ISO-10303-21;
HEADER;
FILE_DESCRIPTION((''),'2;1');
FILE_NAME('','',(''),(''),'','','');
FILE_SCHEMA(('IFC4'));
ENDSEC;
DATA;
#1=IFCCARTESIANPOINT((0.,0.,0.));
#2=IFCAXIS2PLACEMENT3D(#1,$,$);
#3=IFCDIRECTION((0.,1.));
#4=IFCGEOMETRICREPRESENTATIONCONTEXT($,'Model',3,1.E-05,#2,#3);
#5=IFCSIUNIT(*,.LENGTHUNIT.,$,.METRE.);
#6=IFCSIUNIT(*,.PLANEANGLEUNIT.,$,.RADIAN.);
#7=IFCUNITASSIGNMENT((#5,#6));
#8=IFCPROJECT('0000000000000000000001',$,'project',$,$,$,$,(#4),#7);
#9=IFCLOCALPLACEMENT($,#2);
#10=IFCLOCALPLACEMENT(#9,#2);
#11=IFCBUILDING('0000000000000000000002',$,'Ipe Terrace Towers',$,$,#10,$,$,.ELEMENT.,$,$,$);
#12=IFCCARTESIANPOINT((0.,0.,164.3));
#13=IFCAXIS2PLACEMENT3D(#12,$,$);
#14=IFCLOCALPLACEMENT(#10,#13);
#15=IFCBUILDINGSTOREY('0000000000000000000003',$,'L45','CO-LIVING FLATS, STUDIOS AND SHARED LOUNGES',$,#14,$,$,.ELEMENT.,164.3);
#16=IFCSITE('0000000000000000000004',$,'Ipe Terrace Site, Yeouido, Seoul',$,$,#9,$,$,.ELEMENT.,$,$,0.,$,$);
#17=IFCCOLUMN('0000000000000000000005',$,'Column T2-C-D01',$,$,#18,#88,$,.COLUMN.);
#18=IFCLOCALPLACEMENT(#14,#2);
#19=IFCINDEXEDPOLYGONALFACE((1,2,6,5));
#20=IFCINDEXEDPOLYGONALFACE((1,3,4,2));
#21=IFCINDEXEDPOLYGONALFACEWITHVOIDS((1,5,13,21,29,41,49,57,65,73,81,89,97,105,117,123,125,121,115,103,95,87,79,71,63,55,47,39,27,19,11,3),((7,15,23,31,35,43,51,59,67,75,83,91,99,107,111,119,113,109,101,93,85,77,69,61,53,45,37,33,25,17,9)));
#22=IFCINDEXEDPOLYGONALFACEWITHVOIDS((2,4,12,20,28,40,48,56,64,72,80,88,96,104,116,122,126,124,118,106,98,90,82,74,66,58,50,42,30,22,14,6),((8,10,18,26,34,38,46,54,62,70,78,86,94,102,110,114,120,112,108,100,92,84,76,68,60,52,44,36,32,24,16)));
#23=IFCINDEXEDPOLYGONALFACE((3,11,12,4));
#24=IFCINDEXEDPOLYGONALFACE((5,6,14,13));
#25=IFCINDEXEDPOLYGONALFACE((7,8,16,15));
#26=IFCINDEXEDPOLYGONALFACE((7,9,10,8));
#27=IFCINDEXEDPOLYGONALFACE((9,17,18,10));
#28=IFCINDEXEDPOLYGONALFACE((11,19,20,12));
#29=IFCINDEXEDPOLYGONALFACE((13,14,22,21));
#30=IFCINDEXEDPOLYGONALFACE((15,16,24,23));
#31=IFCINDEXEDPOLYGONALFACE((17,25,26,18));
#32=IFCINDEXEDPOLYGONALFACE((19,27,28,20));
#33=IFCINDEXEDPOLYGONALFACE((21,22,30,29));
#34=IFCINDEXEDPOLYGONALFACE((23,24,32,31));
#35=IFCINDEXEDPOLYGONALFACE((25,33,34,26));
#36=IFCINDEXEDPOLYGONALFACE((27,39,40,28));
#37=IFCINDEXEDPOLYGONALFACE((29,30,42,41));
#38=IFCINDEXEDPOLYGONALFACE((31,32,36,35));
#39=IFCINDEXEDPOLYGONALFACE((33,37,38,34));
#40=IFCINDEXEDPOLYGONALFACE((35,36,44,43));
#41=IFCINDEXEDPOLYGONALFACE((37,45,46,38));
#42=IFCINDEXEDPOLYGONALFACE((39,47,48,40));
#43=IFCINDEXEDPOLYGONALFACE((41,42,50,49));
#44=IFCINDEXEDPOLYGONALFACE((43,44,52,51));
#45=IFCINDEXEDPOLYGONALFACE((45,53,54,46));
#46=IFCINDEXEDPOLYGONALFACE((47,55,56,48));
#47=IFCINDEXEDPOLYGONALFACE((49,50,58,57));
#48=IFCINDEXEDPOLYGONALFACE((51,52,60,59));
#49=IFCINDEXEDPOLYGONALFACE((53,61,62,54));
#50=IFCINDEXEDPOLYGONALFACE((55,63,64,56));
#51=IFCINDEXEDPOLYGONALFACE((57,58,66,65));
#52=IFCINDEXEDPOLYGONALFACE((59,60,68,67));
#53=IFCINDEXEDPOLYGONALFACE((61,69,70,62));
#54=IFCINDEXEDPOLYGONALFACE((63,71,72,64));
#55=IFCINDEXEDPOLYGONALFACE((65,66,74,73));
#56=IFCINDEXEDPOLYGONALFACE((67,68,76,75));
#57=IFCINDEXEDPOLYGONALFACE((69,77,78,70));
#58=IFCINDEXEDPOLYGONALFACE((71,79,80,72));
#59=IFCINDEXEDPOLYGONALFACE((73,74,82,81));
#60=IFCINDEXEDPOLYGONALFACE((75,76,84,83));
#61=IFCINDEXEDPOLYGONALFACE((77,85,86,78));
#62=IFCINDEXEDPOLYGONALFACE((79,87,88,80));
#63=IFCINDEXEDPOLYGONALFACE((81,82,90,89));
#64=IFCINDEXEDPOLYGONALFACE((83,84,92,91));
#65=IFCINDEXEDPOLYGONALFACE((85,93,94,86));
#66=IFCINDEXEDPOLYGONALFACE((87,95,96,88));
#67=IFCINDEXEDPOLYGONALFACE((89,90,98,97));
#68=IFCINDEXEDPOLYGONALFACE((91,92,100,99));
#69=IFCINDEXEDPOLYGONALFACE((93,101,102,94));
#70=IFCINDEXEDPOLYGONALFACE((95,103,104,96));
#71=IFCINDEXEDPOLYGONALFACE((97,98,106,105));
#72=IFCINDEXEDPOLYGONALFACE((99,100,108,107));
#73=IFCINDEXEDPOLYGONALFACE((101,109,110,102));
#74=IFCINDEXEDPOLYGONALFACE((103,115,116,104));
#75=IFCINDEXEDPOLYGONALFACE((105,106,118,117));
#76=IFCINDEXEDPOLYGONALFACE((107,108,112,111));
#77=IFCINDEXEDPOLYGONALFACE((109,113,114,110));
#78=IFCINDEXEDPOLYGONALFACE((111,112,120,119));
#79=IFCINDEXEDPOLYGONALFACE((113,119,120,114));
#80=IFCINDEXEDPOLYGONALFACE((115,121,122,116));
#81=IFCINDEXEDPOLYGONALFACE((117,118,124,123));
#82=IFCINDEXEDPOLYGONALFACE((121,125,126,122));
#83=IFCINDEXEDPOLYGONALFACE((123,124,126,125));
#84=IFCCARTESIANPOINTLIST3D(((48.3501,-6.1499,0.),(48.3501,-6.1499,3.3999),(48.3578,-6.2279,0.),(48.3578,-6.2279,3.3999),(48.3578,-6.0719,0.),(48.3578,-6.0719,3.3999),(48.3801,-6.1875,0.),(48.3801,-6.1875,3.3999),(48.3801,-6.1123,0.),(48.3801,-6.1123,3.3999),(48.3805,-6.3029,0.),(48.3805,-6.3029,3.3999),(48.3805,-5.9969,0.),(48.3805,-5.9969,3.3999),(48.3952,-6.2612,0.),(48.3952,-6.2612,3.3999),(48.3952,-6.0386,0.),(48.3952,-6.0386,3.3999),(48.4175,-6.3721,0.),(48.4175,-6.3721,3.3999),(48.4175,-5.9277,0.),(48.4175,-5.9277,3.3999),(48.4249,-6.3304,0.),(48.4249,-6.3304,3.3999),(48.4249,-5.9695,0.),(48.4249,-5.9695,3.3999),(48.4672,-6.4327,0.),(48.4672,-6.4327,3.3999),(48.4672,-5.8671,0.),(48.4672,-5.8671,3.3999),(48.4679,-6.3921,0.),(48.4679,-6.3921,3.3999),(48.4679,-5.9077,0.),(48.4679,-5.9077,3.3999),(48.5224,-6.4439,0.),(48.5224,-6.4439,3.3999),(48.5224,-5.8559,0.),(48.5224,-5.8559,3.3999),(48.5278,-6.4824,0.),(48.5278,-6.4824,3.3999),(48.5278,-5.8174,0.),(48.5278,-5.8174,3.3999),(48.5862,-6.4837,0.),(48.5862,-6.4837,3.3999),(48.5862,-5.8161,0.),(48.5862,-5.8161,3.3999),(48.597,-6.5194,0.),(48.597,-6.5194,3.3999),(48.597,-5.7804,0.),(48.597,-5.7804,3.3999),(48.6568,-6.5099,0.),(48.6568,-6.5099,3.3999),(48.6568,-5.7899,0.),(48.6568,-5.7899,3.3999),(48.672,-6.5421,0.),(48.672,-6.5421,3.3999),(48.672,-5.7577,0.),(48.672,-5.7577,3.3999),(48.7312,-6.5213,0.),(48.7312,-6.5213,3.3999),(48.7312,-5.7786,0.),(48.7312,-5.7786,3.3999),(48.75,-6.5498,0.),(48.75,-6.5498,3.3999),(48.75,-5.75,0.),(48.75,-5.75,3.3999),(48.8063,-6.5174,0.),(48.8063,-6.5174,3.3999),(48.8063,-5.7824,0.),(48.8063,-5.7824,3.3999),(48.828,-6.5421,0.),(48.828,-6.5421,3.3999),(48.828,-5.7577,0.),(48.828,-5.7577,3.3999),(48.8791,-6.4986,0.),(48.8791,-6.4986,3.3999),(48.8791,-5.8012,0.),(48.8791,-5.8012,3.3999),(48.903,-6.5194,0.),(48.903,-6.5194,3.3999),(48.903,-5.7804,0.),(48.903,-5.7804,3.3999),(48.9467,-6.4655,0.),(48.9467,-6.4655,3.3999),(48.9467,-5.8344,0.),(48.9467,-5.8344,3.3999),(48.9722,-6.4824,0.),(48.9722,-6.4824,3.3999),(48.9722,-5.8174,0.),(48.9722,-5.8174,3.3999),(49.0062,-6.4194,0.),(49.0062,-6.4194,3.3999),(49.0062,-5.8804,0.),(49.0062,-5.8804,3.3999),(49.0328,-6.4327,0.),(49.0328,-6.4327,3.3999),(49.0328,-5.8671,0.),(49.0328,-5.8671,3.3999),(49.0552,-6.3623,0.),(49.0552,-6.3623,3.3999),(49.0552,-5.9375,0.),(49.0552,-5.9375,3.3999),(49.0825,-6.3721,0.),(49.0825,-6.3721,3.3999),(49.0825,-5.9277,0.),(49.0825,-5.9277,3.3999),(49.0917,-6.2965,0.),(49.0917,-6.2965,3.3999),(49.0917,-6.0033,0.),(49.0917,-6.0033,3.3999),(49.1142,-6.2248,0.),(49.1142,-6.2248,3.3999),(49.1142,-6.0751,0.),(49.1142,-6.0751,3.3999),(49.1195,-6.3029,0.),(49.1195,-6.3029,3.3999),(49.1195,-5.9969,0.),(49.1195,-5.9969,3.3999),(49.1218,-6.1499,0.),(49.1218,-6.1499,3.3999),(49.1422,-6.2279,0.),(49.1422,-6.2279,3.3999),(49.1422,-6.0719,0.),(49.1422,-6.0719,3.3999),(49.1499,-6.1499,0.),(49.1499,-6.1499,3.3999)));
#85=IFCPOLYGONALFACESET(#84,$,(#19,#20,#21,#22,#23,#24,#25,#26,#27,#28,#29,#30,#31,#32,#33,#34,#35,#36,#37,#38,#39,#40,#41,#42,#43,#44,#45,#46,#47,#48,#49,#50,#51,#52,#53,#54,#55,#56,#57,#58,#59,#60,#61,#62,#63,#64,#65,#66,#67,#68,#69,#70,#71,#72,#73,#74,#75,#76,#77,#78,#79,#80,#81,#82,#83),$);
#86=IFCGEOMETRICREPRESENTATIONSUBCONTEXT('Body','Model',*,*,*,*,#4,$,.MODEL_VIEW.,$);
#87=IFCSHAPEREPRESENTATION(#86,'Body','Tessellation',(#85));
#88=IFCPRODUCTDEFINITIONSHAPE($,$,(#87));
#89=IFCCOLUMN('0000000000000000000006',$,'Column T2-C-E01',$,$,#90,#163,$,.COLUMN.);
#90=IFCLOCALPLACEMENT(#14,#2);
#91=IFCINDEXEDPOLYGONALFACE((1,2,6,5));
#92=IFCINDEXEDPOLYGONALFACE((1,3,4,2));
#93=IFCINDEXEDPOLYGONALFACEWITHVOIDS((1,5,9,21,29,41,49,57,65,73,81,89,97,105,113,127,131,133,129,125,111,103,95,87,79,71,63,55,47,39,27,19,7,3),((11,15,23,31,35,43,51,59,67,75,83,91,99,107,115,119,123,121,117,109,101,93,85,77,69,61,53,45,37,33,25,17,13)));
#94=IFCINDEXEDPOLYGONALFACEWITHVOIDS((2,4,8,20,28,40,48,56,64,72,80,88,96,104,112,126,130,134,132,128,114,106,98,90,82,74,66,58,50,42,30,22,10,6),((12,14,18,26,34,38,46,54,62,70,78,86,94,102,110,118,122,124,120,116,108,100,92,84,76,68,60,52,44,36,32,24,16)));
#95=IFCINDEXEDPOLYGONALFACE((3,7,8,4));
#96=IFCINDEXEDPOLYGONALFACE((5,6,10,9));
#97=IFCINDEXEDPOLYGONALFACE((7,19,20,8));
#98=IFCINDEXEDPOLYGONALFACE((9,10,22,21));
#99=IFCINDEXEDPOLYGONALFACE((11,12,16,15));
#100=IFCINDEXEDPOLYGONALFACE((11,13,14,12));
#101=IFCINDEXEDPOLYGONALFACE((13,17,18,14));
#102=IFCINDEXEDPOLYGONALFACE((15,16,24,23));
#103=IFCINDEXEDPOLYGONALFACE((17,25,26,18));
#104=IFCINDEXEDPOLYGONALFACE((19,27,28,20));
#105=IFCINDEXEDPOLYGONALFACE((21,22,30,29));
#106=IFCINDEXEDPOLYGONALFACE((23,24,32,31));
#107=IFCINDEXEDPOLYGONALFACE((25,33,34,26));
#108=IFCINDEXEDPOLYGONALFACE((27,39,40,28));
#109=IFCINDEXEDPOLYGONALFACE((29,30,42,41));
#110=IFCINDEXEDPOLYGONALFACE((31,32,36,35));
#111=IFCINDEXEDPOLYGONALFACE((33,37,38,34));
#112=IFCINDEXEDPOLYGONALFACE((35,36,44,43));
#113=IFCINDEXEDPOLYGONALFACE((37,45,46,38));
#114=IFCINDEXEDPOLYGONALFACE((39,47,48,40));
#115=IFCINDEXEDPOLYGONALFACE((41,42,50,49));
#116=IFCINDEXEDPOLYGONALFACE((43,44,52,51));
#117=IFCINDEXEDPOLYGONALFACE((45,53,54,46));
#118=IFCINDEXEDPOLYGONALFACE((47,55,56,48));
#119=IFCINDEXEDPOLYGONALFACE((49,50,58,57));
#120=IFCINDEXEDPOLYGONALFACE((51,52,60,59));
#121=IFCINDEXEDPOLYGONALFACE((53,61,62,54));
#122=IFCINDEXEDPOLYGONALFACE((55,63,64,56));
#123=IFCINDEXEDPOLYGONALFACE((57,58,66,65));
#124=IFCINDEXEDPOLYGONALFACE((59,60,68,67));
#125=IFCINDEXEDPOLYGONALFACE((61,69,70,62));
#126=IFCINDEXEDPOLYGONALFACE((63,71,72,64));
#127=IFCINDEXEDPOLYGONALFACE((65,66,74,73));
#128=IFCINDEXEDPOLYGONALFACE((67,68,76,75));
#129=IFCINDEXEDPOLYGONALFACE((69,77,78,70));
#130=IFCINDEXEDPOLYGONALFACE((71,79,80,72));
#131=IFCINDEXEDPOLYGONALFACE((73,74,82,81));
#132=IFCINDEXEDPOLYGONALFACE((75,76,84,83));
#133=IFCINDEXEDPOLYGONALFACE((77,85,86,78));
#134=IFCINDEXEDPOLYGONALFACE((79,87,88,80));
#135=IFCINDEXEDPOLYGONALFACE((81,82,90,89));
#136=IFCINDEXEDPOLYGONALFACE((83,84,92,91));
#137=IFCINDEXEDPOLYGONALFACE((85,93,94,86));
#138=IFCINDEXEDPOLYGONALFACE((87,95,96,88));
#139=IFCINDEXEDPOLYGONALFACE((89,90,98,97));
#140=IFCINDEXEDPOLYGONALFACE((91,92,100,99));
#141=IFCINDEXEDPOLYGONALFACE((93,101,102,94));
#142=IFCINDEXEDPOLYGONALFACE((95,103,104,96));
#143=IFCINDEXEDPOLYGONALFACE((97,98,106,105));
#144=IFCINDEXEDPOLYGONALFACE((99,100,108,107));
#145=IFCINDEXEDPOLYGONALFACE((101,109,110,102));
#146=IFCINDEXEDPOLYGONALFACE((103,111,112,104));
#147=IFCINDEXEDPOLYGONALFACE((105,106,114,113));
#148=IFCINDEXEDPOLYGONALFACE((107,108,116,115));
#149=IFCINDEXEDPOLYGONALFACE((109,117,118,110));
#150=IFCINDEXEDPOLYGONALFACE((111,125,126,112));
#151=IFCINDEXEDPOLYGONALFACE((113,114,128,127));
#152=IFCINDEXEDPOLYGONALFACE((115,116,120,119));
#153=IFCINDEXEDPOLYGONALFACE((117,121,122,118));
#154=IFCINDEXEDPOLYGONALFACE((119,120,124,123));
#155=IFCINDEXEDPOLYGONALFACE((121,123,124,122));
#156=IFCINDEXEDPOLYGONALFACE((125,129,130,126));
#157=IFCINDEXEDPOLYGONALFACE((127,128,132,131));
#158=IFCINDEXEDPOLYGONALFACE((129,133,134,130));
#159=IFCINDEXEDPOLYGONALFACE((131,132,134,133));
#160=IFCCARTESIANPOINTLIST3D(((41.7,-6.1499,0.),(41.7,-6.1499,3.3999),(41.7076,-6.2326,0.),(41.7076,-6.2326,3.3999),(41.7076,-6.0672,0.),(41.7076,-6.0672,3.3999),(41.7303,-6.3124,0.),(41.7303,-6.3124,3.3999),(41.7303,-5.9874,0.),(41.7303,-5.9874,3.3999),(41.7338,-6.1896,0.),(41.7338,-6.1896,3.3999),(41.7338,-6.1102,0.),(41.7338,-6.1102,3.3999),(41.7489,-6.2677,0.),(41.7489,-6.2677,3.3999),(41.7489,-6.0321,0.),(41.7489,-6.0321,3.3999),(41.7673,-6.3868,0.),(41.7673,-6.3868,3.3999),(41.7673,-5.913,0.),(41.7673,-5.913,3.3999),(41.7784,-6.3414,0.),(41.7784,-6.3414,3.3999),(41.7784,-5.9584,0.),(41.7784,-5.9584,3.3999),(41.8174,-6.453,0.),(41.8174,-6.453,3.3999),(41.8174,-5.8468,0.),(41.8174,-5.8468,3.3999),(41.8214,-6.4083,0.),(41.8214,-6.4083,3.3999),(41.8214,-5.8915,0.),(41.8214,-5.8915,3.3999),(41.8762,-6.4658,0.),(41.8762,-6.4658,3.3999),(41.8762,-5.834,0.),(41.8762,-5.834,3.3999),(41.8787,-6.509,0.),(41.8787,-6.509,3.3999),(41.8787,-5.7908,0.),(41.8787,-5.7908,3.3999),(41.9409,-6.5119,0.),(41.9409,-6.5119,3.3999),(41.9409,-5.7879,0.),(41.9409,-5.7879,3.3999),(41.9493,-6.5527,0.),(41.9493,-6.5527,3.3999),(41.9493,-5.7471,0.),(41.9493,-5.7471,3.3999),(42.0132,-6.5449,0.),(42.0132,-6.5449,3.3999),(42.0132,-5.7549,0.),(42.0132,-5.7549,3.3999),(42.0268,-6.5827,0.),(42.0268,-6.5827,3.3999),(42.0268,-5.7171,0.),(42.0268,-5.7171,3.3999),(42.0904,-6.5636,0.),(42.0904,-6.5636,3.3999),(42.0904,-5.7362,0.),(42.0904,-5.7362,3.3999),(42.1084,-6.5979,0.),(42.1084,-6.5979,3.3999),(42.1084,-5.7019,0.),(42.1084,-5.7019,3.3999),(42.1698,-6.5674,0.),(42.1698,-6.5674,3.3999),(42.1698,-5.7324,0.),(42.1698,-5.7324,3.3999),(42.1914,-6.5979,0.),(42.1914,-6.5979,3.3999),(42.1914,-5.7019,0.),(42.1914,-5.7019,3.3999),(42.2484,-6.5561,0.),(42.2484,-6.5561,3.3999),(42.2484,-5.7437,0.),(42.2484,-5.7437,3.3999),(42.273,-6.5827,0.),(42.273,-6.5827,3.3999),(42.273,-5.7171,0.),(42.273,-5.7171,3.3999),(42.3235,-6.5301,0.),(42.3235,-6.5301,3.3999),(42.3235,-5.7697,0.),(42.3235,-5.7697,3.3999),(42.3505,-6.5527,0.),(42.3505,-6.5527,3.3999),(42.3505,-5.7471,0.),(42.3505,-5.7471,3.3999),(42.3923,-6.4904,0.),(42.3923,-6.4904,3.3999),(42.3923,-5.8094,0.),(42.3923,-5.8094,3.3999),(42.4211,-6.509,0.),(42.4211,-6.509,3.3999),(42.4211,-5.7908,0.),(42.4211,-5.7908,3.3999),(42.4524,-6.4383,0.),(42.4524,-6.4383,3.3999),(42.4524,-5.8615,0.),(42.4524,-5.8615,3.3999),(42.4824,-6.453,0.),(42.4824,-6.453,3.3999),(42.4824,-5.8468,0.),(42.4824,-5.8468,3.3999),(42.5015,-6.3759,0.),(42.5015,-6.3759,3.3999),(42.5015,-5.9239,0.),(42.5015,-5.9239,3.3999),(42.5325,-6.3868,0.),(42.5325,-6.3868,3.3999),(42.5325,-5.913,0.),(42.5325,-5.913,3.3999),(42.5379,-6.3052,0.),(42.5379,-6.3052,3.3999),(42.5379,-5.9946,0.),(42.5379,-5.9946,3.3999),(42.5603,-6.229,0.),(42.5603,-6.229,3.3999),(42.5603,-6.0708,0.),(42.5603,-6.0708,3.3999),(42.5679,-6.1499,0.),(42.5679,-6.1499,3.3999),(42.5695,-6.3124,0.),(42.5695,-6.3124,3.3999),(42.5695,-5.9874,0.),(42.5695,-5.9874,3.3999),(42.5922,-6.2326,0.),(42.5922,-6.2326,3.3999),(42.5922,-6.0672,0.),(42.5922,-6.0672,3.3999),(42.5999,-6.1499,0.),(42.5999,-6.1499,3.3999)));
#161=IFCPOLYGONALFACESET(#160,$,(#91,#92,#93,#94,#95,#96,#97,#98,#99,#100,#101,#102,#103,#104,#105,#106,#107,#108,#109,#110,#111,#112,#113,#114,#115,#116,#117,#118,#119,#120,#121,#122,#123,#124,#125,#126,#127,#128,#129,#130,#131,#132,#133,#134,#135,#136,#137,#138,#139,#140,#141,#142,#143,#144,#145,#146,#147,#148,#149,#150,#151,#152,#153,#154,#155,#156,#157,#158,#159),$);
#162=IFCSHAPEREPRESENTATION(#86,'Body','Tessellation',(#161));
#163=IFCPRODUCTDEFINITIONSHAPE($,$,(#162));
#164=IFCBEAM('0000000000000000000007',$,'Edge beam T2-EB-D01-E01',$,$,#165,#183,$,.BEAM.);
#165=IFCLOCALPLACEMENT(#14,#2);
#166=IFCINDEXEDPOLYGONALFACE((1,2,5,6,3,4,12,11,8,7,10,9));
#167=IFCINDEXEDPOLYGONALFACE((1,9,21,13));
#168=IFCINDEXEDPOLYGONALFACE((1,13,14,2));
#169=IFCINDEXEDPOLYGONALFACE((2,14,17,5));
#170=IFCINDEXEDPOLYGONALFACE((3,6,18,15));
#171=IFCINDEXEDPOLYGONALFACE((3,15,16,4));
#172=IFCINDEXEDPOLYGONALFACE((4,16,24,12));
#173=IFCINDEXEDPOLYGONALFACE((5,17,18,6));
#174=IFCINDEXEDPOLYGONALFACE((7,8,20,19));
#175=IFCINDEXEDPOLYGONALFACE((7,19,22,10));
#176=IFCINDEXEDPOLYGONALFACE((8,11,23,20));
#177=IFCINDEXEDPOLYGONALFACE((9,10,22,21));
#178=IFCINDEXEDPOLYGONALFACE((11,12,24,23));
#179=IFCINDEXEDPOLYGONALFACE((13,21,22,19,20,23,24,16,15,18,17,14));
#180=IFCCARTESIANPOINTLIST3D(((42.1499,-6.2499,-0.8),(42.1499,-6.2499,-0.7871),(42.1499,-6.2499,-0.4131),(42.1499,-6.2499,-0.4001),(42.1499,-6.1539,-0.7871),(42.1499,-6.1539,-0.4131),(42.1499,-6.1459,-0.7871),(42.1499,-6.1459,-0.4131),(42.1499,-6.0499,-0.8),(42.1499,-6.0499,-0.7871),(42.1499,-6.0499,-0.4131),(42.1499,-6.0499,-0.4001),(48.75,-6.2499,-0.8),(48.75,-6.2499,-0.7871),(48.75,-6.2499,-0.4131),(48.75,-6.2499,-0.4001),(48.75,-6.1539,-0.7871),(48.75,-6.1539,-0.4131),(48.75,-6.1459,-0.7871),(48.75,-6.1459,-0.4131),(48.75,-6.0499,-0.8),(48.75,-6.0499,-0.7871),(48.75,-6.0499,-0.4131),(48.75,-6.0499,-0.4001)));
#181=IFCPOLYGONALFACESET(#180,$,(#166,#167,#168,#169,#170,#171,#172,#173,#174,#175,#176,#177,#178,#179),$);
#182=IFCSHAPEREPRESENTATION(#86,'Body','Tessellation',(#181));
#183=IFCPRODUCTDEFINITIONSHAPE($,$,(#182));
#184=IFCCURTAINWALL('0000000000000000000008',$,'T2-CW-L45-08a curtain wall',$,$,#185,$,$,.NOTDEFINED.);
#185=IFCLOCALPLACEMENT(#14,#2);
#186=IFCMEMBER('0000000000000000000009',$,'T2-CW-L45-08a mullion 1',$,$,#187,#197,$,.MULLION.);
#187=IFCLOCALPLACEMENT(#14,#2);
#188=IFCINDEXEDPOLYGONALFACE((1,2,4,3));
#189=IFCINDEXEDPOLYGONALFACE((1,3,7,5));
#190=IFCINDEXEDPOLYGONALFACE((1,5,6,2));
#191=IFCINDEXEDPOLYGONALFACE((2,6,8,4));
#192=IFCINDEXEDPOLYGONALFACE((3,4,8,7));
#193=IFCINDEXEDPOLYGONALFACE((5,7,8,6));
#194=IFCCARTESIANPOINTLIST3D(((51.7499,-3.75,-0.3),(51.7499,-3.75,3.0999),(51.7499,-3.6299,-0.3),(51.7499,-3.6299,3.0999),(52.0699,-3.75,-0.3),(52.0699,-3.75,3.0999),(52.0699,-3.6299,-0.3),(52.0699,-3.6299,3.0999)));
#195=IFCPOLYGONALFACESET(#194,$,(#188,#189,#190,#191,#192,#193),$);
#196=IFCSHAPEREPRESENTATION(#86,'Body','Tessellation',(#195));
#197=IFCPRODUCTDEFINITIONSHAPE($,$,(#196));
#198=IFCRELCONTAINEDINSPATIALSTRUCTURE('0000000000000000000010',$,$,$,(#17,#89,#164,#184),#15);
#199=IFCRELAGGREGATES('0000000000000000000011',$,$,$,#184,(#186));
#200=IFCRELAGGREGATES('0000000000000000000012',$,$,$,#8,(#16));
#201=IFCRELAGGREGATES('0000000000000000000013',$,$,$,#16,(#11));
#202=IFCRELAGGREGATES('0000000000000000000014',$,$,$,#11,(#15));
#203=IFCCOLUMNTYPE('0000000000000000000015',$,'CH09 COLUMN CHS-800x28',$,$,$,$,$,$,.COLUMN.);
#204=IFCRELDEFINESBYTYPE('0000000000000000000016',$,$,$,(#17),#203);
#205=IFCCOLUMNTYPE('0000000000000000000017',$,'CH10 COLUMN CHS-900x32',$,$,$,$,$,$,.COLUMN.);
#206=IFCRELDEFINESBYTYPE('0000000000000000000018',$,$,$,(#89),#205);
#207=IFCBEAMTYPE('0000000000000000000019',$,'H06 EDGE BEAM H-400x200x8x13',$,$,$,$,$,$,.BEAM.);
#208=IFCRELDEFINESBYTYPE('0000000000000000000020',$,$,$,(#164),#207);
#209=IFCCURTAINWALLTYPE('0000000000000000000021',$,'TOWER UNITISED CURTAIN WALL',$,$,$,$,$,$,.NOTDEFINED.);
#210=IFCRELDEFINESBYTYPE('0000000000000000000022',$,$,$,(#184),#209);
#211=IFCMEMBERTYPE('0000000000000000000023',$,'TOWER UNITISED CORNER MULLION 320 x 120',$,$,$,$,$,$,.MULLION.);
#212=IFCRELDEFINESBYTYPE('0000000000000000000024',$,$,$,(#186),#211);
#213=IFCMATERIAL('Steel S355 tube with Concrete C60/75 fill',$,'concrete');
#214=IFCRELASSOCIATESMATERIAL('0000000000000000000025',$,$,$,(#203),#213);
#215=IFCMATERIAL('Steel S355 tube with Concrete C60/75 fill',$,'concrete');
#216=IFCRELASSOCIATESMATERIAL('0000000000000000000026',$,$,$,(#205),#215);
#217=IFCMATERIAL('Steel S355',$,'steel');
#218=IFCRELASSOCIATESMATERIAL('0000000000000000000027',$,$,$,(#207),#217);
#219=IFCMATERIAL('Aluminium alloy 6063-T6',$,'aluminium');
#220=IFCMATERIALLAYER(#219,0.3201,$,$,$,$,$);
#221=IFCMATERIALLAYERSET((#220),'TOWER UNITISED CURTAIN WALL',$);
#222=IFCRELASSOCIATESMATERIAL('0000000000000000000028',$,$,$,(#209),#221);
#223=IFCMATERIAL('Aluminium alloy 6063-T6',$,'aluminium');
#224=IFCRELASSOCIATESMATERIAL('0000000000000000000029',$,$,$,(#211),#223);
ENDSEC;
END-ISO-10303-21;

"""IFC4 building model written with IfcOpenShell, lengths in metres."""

from ifc_helpers import new_model, si_unit, direction, frame, origin, origin_2d, place, context, subcontext, project, spatial, rectangle, hollow_circle, i_section, extrude, material, layer, layer_set, material_profile, profile_set, type_object, element, aggregate, save


model = new_model("IFC4")

# Units and contexts
model_context = context("Model", 3, precision=1e-05, world=origin(), true_north=direction((0.0, 1.0)))
body_context = subcontext(model_context, "Body", "Model", "MODEL_VIEW")
ifc_project = project(units=[si_unit("LENGTHUNIT", "METRE"), si_unit("PLANEANGLEUNIT", "RADIAN")], contexts=[model_context])

# Site, building, storey
site_placement = place(None, origin())
site = spatial("IfcSite", under=ifc_project, at=site_placement, Name="Ipe Terrace Site, Yeouido, Seoul", CompositionType="ELEMENT", RefElevation=0.0)
building_placement = place(site_placement, origin())
building = spatial("IfcBuilding", under=site, at=building_placement, Name="Ipe Terrace Towers", CompositionType="ELEMENT")
storey_placement = place(building_placement, frame((0.0, 0.0, 164.3)))
storey = spatial("IfcBuildingStorey", under=building, at=storey_placement, Name="L45", Description="CO-LIVING FLATS, STUDIOS AND SHARED LOUNGES", CompositionType="ELEMENT", Elevation=164.3)

# Columns
ifc_material_1 = material(Name="Steel S355 tube with Concrete C60/75 fill", Category="concrete")
ifc_material_profile_1 = material_profile(ifc_material_1, hollow_circle(Radius=0.3999, WallThickness=0.0281, at=origin_2d()), Name="CHS-800x28")
ifc_profile_set_1 = profile_set([ifc_material_profile_1], Name="Steel S355 tube with Concrete C60/75 fill")
column_type_1 = type_object("IfcColumnType", Name="CH09 COLUMN CHS-800x28", PredefinedType="COLUMN", material=ifc_profile_set_1)
column_1_placement = place(storey_placement, frame((48.75, -6.1499, 0.0), z_axis=(0.0, 0.0, 1.0), x_axis=(1.0, 0.0, 0.0)))
element("IfcColumn", 1, at=column_1_placement, inside=storey, type_object=column_type_1, Name="Column T2-C-D01", PredefinedType="COLUMN", context=body_context, shape_type="SweptSolid", body=[
    extrude(hollow_circle(Radius=0.3999, WallThickness=0.0281, at=origin_2d()), origin(), (0.0, 0.0, 1.0), 3.3999),
])
ifc_material_2 = material(Name="Steel S355 tube with Concrete C60/75 fill", Category="concrete")
ifc_material_profile_2 = material_profile(ifc_material_2, hollow_circle(Radius=0.45, WallThickness=0.032, at=origin_2d()), Name="CHS-900x32")
ifc_profile_set_2 = profile_set([ifc_material_profile_2], Name="Steel S355 tube with Concrete C60/75 fill")
column_type_2 = type_object("IfcColumnType", Name="CH10 COLUMN CHS-900x32", PredefinedType="COLUMN", material=ifc_profile_set_2)
column_2_placement = place(storey_placement, frame((42.1499, -6.1499, 0.0), z_axis=(0.0, 0.0, 1.0), x_axis=(1.0, 0.0, 0.0)))
element("IfcColumn", 2, at=column_2_placement, inside=storey, type_object=column_type_2, Name="Column T2-C-E01", PredefinedType="COLUMN", context=body_context, shape_type="SweptSolid", body=[
    extrude(hollow_circle(Radius=0.45, WallThickness=0.032, at=origin_2d()), origin(), (0.0, 0.0, 1.0), 3.3999),
])

# Beam
ifc_material_3 = material(Name="Steel S355", Category="steel")
ifc_material_profile_3 = material_profile(ifc_material_3, i_section(OverallWidth=0.2, OverallDepth=0.3999, WebThickness=0.0081, FlangeThickness=0.0129, at=origin_2d()), Name="H-400x200x8x13")
ifc_profile_set_3 = profile_set([ifc_material_profile_3], Name="Steel S355")
beam_type = type_object("IfcBeamType", Name="H06 EDGE BEAM H-400x200x8x13", PredefinedType="BEAM", material=ifc_profile_set_3)
beam_placement = place(storey_placement, frame((48.75, -6.1499, -0.6001), z_axis=(-1.0, 0.0, 0.0), x_axis=(0.0, -1.0, 0.0)))
element("IfcBeam", 3, at=beam_placement, inside=storey, type_object=beam_type, Name="Edge beam T2-EB-D01-E01", PredefinedType="BEAM", context=body_context, shape_type="SweptSolid", body=[
    extrude(i_section(OverallWidth=0.2, OverallDepth=0.3999, WebThickness=0.0081, FlangeThickness=0.0129, at=origin_2d()), origin(), (0.0, 0.0, 1.0), 6.6001),
])

# Curtain wall, member
ifc_material_4 = material(Name="Aluminium alloy 6063-T6", Category="aluminium")
ifc_layer_1 = layer(ifc_material_4, 0.3201)
ifc_layer_set_1 = layer_set([ifc_layer_1], Name="TOWER UNITISED CURTAIN WALL")
curtain_wall_type = type_object("IfcCurtainWallType", Name="TOWER UNITISED CURTAIN WALL", PredefinedType="NOTDEFINED", material=ifc_layer_set_1)
curtain_wall_placement = place(storey_placement, origin())
curtain_wall = element("IfcCurtainWall", 4, at=curtain_wall_placement, inside=storey, type_object=curtain_wall_type, Name="T2-CW-L45-08a curtain wall", PredefinedType="NOTDEFINED")
ifc_material_5 = material(Name="Aluminium alloy 6063-T6", Category="aluminium")
ifc_material_profile_4 = material_profile(ifc_material_5, rectangle(XDim=0.3201, YDim=0.1201, at=origin_2d()), Name="TOWER UNITISED CORNER MULLION 320 x 120")
ifc_profile_set_4 = profile_set([ifc_material_profile_4], Name="Aluminium alloy 6063-T6")
member_type_1 = type_object("IfcMemberType", Name="TOWER UNITISED CORNER MULLION 320 x 120", PredefinedType="MULLION", material=ifc_profile_set_4)
member_1_placement = place(storey_placement, frame((51.9099, -3.6899, -0.3), z_axis=(0.0, 0.0, 1.0), x_axis=(1.0, 0.0, 0.0)))
member_1 = element("IfcMember", 5, at=member_1_placement, type_object=member_type_1, Name="T2-CW-L45-08a mullion 1", PredefinedType="MULLION", context=body_context, shape_type="SweptSolid", body=[
    extrude(rectangle(XDim=0.3201, YDim=0.1201, at=origin_2d()), origin(), (0.0, 0.0, 1.0), 3.3999),
])
aggregate(curtain_wall, [member_1])

save(model, "model.ifc")
